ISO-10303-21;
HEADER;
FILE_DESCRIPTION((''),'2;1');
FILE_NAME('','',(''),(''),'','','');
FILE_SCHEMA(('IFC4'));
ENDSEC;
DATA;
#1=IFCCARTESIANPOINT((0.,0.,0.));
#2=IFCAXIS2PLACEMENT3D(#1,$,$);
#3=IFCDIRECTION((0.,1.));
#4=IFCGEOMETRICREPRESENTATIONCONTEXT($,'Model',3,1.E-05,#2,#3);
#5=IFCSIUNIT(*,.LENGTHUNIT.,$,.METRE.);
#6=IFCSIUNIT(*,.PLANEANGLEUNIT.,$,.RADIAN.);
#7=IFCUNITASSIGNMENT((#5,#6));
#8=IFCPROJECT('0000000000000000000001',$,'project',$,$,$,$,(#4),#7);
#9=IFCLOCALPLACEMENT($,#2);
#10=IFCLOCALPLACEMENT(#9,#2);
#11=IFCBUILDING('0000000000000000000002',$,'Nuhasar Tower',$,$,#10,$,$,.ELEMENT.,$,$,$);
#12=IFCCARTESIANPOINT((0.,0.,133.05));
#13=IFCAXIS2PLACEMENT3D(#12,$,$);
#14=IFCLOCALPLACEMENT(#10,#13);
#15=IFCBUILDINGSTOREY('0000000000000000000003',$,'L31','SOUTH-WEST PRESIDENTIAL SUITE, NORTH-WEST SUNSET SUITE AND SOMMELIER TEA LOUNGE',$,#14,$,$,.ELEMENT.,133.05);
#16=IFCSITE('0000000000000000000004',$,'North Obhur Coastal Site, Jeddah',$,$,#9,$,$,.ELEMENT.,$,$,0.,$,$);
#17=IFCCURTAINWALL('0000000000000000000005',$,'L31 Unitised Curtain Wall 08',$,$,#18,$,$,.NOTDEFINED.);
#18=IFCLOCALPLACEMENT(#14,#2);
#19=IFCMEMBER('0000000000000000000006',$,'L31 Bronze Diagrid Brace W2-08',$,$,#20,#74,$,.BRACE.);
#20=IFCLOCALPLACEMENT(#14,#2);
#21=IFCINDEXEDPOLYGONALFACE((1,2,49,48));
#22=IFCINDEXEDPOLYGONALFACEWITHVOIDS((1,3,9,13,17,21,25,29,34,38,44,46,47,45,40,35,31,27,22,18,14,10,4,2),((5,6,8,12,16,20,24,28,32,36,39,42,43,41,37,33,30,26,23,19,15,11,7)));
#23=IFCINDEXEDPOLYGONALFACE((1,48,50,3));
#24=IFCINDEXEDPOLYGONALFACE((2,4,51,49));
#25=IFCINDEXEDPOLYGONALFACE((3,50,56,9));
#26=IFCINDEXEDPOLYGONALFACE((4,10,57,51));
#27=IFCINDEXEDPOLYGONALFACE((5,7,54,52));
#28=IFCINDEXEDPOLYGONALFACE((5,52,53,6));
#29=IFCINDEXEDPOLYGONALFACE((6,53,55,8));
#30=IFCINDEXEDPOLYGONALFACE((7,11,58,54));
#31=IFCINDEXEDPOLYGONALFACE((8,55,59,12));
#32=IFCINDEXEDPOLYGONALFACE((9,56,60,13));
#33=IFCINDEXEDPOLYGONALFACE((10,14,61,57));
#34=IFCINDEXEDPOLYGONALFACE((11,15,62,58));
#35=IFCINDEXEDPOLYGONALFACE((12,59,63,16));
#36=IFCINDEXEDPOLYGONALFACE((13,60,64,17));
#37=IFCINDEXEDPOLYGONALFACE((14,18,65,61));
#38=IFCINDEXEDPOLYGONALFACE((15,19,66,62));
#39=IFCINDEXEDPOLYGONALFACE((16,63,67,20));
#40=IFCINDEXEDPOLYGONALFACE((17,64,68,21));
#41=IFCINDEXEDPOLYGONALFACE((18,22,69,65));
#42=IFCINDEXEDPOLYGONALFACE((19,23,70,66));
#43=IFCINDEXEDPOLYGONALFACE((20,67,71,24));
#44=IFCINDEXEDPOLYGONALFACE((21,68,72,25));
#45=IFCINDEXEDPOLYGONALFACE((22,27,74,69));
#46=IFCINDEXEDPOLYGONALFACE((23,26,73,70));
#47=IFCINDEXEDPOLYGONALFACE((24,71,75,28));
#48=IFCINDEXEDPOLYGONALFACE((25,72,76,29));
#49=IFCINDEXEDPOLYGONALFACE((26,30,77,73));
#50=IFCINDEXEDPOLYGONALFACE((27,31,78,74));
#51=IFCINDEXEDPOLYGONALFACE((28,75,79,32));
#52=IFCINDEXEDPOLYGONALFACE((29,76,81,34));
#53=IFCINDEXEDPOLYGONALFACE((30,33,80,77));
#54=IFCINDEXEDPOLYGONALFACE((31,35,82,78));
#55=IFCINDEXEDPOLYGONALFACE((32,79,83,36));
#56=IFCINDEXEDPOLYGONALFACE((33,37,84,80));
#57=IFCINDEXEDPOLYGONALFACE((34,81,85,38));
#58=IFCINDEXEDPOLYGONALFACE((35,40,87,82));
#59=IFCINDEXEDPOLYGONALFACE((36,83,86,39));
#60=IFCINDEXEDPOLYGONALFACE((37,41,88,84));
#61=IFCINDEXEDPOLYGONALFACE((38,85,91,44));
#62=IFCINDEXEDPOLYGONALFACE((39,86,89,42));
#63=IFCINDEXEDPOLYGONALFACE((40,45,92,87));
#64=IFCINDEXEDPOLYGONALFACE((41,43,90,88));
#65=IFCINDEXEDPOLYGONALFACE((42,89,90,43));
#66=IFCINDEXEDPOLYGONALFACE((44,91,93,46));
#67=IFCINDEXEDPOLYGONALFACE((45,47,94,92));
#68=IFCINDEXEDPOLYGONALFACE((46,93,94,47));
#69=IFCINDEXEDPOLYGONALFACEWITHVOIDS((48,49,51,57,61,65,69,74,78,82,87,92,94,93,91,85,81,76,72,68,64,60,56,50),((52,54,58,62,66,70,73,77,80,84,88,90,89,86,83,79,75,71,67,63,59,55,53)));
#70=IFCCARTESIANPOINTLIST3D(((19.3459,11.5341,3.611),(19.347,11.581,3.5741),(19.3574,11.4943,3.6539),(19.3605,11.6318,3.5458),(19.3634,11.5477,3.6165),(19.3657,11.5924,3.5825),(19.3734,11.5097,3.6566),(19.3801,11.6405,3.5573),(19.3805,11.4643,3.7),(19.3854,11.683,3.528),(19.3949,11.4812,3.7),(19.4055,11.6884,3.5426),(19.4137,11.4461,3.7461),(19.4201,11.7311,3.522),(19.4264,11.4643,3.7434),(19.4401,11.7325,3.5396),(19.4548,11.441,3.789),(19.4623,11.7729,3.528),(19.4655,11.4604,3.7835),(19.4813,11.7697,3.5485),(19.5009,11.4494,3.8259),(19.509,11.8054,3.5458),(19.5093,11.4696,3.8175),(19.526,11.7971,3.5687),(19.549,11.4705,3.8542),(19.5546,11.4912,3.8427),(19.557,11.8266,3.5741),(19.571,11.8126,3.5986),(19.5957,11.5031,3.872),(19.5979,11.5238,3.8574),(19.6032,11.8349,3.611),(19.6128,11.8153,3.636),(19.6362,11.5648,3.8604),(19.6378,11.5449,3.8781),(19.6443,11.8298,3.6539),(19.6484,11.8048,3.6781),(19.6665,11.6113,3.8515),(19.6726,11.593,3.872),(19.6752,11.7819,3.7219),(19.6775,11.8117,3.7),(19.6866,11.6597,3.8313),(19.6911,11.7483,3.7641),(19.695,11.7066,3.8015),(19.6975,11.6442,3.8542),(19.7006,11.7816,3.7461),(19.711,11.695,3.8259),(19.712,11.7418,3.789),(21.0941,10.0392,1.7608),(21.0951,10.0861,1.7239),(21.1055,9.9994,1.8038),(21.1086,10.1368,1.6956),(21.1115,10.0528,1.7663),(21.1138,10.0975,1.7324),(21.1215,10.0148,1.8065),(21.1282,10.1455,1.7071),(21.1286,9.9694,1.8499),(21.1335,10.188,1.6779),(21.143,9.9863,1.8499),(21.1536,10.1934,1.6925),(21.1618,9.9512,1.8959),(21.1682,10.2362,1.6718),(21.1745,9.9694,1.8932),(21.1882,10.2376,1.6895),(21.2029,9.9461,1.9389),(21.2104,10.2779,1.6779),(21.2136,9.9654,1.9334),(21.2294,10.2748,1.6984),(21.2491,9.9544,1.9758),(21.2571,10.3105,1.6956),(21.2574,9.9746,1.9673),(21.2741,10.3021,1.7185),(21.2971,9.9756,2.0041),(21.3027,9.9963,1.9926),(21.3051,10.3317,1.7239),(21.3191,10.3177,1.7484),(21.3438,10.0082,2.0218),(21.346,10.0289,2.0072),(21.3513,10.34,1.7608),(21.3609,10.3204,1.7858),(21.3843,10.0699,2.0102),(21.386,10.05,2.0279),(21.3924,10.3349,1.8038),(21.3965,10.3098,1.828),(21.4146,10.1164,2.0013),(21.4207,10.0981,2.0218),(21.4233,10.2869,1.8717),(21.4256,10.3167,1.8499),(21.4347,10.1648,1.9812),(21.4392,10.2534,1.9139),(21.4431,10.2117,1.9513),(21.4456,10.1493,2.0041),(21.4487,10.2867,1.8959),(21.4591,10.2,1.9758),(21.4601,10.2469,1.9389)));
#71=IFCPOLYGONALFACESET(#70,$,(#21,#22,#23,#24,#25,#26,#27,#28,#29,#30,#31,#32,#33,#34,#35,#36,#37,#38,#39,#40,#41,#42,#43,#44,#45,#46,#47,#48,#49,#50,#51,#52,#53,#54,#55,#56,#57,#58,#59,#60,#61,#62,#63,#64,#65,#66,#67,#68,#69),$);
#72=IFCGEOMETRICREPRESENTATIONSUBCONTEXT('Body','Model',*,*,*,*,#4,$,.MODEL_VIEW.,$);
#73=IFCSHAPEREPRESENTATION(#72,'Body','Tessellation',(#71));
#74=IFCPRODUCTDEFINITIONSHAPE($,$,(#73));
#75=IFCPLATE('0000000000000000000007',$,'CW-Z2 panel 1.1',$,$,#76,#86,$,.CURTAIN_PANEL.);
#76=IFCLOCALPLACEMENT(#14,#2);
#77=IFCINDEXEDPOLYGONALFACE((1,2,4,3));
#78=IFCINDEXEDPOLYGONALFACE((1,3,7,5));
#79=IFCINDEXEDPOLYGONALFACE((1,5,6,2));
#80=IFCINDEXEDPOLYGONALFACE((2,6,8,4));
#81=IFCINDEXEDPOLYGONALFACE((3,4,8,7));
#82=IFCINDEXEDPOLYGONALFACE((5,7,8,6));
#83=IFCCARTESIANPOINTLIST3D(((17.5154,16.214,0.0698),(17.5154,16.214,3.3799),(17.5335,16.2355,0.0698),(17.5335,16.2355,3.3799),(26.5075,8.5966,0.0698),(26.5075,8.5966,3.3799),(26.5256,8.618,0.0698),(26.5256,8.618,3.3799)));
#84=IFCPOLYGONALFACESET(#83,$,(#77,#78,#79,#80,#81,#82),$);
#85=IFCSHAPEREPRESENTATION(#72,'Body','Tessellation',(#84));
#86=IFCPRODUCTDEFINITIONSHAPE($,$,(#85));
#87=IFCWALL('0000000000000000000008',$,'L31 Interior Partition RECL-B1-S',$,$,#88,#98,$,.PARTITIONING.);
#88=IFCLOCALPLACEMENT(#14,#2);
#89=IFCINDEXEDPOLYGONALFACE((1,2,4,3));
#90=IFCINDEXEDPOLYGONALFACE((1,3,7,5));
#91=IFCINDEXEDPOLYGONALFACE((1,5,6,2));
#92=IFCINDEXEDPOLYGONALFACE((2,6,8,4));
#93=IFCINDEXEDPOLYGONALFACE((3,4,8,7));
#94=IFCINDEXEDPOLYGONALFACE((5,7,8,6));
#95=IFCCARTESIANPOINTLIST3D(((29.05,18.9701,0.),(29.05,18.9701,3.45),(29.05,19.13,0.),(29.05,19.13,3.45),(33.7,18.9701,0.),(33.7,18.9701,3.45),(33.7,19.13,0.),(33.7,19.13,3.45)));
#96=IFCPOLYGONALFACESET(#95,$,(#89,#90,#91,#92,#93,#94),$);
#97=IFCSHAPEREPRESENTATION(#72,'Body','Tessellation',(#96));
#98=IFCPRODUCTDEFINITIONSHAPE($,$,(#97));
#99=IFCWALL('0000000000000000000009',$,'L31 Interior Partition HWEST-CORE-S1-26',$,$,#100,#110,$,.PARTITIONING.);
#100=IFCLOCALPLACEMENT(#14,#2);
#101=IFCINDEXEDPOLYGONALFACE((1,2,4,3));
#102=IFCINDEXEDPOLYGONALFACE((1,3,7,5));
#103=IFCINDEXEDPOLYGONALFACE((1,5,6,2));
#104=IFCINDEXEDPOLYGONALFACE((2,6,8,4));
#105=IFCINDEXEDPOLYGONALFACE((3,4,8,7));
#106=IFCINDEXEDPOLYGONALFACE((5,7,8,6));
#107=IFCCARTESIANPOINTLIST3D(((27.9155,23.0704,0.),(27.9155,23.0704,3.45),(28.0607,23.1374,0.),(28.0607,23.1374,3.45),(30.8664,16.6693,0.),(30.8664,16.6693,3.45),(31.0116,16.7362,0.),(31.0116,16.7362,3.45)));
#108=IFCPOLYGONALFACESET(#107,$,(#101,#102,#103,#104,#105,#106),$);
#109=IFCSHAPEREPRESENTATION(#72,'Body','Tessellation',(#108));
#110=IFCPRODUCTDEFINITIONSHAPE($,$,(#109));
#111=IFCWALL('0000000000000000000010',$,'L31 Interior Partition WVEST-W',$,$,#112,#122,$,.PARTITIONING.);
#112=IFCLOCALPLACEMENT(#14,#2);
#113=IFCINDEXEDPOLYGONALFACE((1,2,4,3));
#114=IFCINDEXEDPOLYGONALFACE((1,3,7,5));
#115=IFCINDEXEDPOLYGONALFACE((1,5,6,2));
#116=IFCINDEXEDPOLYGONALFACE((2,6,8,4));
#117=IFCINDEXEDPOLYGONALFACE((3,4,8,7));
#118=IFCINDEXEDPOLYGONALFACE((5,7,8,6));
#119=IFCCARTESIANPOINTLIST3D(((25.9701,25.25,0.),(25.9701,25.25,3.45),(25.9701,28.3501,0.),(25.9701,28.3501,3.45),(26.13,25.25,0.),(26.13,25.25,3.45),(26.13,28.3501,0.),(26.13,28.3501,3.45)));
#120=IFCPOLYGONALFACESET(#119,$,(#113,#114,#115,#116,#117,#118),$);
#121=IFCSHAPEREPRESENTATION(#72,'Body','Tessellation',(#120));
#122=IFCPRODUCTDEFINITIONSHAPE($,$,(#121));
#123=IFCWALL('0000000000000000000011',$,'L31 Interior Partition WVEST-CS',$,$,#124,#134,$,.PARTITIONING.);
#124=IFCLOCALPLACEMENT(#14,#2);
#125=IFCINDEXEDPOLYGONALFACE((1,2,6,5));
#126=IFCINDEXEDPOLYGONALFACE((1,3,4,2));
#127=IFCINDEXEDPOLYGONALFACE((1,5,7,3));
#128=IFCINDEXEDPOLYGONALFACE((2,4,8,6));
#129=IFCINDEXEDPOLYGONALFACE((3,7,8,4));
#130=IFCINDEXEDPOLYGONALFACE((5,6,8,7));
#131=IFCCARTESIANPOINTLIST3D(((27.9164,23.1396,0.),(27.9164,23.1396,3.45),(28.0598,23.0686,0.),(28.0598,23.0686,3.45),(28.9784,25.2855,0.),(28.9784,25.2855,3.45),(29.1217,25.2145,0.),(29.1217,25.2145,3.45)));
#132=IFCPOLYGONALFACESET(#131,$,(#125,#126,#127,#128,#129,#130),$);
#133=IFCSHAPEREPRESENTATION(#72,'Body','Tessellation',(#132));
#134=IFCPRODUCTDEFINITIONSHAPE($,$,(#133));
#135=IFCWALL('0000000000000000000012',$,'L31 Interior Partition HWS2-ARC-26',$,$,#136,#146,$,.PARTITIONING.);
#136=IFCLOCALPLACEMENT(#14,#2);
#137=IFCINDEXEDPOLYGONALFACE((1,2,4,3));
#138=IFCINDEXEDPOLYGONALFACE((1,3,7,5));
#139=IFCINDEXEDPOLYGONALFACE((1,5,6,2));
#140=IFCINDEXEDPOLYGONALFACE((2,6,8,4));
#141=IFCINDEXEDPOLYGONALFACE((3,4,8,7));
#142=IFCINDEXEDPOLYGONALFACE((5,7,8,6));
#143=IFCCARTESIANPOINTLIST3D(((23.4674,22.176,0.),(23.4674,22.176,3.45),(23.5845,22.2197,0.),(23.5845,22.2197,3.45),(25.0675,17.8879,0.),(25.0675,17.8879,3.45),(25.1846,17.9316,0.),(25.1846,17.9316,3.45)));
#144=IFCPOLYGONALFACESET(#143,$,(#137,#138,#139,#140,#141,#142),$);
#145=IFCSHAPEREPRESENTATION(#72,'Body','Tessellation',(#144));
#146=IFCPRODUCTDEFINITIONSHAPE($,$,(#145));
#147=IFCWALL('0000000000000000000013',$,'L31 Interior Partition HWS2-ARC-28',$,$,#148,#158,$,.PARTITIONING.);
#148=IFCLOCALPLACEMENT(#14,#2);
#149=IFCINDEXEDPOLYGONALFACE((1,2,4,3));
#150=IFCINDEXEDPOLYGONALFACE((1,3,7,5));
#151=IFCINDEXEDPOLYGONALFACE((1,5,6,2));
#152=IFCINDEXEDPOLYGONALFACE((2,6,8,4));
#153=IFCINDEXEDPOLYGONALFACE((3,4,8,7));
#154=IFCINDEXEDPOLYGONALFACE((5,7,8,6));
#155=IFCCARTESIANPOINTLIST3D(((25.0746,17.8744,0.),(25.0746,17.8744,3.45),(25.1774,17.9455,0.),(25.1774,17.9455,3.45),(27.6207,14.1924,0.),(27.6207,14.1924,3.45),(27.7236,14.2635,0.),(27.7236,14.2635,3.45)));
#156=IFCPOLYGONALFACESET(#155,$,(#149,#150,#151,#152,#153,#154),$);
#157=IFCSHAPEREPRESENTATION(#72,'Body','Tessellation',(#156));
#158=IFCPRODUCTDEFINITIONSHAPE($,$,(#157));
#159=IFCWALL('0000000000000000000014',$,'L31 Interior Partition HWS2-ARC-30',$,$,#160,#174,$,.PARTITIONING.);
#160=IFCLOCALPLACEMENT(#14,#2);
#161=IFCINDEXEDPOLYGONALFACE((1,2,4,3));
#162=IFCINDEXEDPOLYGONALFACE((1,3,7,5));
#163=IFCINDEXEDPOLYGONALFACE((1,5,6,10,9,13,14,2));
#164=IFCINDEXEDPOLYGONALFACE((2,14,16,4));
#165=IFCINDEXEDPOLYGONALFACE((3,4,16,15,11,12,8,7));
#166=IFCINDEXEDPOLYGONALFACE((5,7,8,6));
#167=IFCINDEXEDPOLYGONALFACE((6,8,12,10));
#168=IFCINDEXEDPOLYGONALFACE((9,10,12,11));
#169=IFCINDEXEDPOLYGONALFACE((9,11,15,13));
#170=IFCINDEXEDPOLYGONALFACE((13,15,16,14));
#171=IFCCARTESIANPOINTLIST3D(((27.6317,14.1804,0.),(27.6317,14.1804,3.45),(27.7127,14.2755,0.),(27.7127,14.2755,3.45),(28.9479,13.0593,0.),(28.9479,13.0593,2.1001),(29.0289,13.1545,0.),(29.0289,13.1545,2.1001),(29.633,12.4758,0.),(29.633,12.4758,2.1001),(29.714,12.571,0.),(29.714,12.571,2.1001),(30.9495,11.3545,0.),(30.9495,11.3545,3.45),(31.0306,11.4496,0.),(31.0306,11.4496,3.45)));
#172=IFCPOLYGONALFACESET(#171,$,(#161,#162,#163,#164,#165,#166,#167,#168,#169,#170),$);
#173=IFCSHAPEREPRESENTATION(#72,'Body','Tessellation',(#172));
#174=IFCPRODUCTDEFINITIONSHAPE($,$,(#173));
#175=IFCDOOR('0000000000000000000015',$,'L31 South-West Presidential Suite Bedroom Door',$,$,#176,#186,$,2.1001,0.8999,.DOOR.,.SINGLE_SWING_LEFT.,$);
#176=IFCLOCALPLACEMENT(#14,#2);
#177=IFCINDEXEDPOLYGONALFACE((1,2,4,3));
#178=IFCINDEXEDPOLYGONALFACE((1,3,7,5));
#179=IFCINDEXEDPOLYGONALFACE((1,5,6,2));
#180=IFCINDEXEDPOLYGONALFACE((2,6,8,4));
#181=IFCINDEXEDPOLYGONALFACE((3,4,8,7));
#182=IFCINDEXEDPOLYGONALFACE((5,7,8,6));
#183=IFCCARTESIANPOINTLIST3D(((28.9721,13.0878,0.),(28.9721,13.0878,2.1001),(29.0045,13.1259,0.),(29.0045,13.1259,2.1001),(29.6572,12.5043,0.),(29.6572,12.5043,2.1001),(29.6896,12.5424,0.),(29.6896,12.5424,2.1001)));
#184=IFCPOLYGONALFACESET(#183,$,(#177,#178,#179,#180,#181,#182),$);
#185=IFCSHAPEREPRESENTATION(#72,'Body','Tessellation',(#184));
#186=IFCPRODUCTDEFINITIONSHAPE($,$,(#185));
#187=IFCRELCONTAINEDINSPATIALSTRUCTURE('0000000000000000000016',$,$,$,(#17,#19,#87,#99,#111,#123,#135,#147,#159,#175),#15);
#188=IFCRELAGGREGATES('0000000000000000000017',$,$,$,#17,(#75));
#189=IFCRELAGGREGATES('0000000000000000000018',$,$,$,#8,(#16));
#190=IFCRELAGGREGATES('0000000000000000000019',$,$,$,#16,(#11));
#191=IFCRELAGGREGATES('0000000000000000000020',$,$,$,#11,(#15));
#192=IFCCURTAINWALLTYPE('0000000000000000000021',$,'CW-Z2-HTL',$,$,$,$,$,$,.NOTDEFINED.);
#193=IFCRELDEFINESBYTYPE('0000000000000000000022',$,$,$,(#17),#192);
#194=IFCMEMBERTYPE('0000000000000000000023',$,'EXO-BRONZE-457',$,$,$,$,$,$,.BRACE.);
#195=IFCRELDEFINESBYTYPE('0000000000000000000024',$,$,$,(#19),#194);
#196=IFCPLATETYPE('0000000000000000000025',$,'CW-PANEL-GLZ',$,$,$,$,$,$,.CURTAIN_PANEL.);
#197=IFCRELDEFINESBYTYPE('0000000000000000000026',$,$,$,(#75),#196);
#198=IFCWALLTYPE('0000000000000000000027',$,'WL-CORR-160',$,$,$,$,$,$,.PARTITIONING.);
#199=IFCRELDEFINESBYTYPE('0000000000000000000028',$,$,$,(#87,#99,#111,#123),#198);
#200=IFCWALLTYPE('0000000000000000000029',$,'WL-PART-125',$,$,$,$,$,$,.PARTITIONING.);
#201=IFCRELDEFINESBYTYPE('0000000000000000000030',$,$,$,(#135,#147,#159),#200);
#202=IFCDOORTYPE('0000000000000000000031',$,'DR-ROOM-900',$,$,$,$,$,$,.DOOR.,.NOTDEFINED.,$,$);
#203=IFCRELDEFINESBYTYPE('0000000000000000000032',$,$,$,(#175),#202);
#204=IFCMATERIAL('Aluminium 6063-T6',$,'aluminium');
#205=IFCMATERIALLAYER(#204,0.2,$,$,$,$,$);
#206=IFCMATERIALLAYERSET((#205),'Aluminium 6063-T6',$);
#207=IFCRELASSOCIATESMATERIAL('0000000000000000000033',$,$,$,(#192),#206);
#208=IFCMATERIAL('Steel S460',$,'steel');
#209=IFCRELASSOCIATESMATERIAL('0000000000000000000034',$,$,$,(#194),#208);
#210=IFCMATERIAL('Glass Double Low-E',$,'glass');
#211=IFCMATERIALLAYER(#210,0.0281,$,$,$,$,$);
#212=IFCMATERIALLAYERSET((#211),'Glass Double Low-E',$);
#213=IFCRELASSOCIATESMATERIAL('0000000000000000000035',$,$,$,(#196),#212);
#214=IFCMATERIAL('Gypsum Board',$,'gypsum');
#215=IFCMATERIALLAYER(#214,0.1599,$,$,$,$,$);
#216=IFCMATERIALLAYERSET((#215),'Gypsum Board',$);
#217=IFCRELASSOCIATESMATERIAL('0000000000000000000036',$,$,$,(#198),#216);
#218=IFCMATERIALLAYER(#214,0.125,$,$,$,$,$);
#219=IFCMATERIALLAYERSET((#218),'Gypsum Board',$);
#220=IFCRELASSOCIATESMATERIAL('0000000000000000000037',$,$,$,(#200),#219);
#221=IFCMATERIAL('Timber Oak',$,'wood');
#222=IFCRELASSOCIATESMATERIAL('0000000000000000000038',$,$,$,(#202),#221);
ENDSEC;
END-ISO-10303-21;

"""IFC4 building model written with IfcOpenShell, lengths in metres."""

from ifc_helpers import new_model, si_unit, direction, frame, frame_2d, origin, origin_2d, place, context, subcontext, project, spatial, rectangle, hollow_circle, extrude, material, layer, layer_set, material_profile, profile_set, type_object, element, fill, aggregate, save


model = new_model("IFC4")

# Units and contexts
model_context = context("Model", 3, precision=1e-05, world=origin(), true_north=direction((0.0, 1.0)))
body_context = subcontext(model_context, "Body", "Model", "MODEL_VIEW")
ifc_project = project(units=[si_unit("LENGTHUNIT", "METRE"), si_unit("PLANEANGLEUNIT", "RADIAN")], contexts=[model_context])

# Site, building, storey
site_placement = place(None, origin())
site = spatial("IfcSite", under=ifc_project, at=site_placement, Name="North Obhur Coastal Site, Jeddah", CompositionType="ELEMENT", RefElevation=0.0)
building_placement = place(site_placement, origin())
building = spatial("IfcBuilding", under=site, at=building_placement, Name="Nuhasar Tower", CompositionType="ELEMENT")
storey_placement = place(building_placement, frame((0.0, 0.0, 133.05)))
storey = spatial("IfcBuildingStorey", under=building, at=storey_placement, Name="L31", Description="SOUTH-WEST PRESIDENTIAL SUITE, NORTH-WEST SUNSET SUITE AND SOMMELIER TEA LOUNGE", CompositionType="ELEMENT", Elevation=133.05)

# Curtain wall
ifc_material_1 = material(Name="Aluminium 6063-T6", Category="aluminium")
ifc_layer_1 = layer(ifc_material_1, 0.2)
ifc_layer_set_1 = layer_set([ifc_layer_1], Name="Aluminium 6063-T6")
curtain_wall_type = type_object("IfcCurtainWallType", Name="CW-Z2-HTL", PredefinedType="NOTDEFINED", material=ifc_layer_set_1)
curtain_wall_1_placement = place(storey_placement, origin())
curtain_wall_1 = element("IfcCurtainWall", 1, at=curtain_wall_1_placement, inside=storey, type_object=curtain_wall_type, Name="L31 Unitised Curtain Wall 08", PredefinedType="NOTDEFINED")

# Member
ifc_material_2 = material(Name="Steel S460", Category="steel")
ifc_material_profile_1 = material_profile(ifc_material_2, hollow_circle(Radius=0.2285, WallThickness=0.0222, at=origin_2d()), Name="HSS457X22.2")
ifc_profile_set_1 = profile_set([ifc_material_profile_1], Name="Steel S460")
member_type_1 = type_object("IfcMemberType", Name="EXO-BRONZE-457", PredefinedType="BRACE", material=ifc_profile_set_1)
member_1_placement = place(storey_placement, frame((21.2771, 10.1431, 1.8499), z_axis=(-0.592195, 0.506426, 0.626767), x_axis=(-0.649926, -0.759998, 0.0)))
element("IfcMember", 2, at=member_1_placement, inside=storey, type_object=member_type_1, Name="L31 Bronze Diagrid Brace W2-08", PredefinedType="BRACE", context=body_context, shape_type="SweptSolid", body=[
    extrude(hollow_circle(Radius=0.2285, WallThickness=0.0222, at=origin_2d()), origin(), (0.0, 0.0, 1.0), 2.9519),
])

# Plate
ifc_material_3 = material(Name="Glass Double Low-E", Category="glass")
ifc_layer_2 = layer(ifc_material_3, 0.0281)
ifc_layer_set_2 = layer_set([ifc_layer_2], Name="Glass Double Low-E")
plate_type = type_object("IfcPlateType", Name="CW-PANEL-GLZ", PredefinedType="CURTAIN_PANEL", material=ifc_layer_set_2)
plate_placement = place(storey_placement, frame((22.0205, 12.416, 0.0698), z_axis=(0.0, 0.0, 1.0), x_axis=(0.76302, -0.646374, 0.0)))
plate = element("IfcPlate", 3, at=plate_placement, type_object=plate_type, Name="CW-Z2 panel 1.1", PredefinedType="CURTAIN_PANEL", context=body_context, shape_type="SweptSolid", body=[
    extrude(rectangle(XDim=11.7849, YDim=0.0281, at=origin_2d()), origin(), (0.0, 0.0, 1.0), 3.3101),
])
aggregate(curtain_wall_1, [plate])

# Walls
ifc_material_4 = material(Name="Gypsum Board", Category="gypsum")
ifc_layer_3 = layer(ifc_material_4, 0.1599)
ifc_layer_set_3 = layer_set([ifc_layer_3], Name="Gypsum Board")
wall_type_1 = type_object("IfcWallType", Name="WL-CORR-160", PredefinedType="PARTITIONING", material=ifc_layer_set_3)
wall_1_placement = place(storey_placement, frame((29.05, 19.05, 0.0), z_axis=(0.0, 0.0, 1.0), x_axis=(1.0, 0.0, 0.0)))
element("IfcWall", 4, at=wall_1_placement, inside=storey, type_object=wall_type_1, Name="L31 Interior Partition RECL-B1-S", PredefinedType="PARTITIONING", context=body_context, shape_type="SweptSolid", body=[
    extrude(rectangle(XDim=4.6499, YDim=0.1599, at=frame_2d((2.325, 0.0))), origin(), (0.0, 0.0, 1.0), 3.45),
])
wall_2_placement = place(storey_placement, frame((27.988, 23.104, 0.0), z_axis=(0.0, 0.0, 1.0), x_axis=(0.418656, -0.908145, 0.0)))
element("IfcWall", 5, at=wall_2_placement, inside=storey, type_object=wall_type_1, Name="L31 Interior Partition HWEST-CORE-S1-26", PredefinedType="PARTITIONING", context=body_context, shape_type="SweptSolid", body=[
    extrude(rectangle(XDim=7.0486, YDim=0.1599, at=frame_2d((3.5244, 0.0))), origin(), (0.0, 0.0, 1.0), 3.45),
])

# Shared definitions
ifc_material_5 = material(Name="Timber Oak", Category="wood")

# Walls
wall_3_placement = place(storey_placement, frame((26.05, 25.25, 0.0), z_axis=(0.0, 0.0, 1.0), x_axis=(0.0, 1.0, 0.0)))
element("IfcWall", 6, at=wall_3_placement, inside=storey, type_object=wall_type_1, Name="L31 Interior Partition WVEST-W", PredefinedType="PARTITIONING", context=body_context, shape_type="SweptSolid", body=[
    extrude(rectangle(XDim=3.1001, YDim=0.1599, at=frame_2d((1.55, 0.0))), origin(), (0.0, 0.0, 1.0), 3.45),
])
wall_4_placement = place(storey_placement, frame((27.988, 23.104, 0.0), z_axis=(0.0, 0.0, 1.0), x_axis=(0.443539, 0.896255, 0.0)))
element("IfcWall", 7, at=wall_4_placement, inside=storey, type_object=wall_type_1, Name="L31 Interior Partition WVEST-CS", PredefinedType="PARTITIONING", context=body_context, shape_type="SweptSolid", body=[
    extrude(rectangle(XDim=2.3943, YDim=0.1599, at=frame_2d((1.1973, 0.0))), origin(), (0.0, 0.0, 1.0), 3.45),
])
ifc_layer_4 = layer(ifc_material_4, 0.125)
ifc_layer_set_4 = layer_set([ifc_layer_4], Name="Gypsum Board")
wall_type_2 = type_object("IfcWallType", Name="WL-PART-125", PredefinedType="PARTITIONING", material=ifc_layer_set_4)
wall_5_placement = place(storey_placement, frame((23.5259, 22.198, 0.0), z_axis=(0.0, 0.0, 1.0), x_axis=(0.349603, -0.936898, 0.0)))
element("IfcWall", 8, at=wall_5_placement, inside=storey, type_object=wall_type_2, Name="L31 Interior Partition HWS2-ARC-26", PredefinedType="PARTITIONING", context=body_context, shape_type="SweptSolid", body=[
    extrude(rectangle(XDim=4.5769, YDim=0.125, at=frame_2d((2.2886, 0.0))), origin(), (0.0, 0.0, 1.0), 3.45),
])
wall_6_placement = place(storey_placement, frame((25.126, 17.9099, 0.0), z_axis=(0.0, 0.0, 1.0), x_axis=(0.568779, -0.822491, 0.0)))
element("IfcWall", 9, at=wall_6_placement, inside=storey, type_object=wall_type_2, Name="L31 Interior Partition HWS2-ARC-28", PredefinedType="PARTITIONING", context=body_context, shape_type="SweptSolid", body=[
    extrude(rectangle(XDim=4.4766, YDim=0.125, at=frame_2d((2.2383, 0.0))), origin(), (0.0, 0.0, 1.0), 3.45),
])

# Wall, opening, door
wall_7_placement = place(storey_placement, frame((27.6721, 14.228, 0.0), z_axis=(0.0, 0.0, 1.0), x_axis=(0.761289, -0.648412, 0.0)))
wall_7 = element("IfcWall", 10, at=wall_7_placement, inside=storey, type_object=wall_type_2, Name="L31 Interior Partition HWS2-ARC-30", PredefinedType="PARTITIONING", context=body_context, shape_type="SweptSolid", body=[
    extrude(rectangle(XDim=4.3582, YDim=0.125, at=frame_2d((2.1792, 0.0))), origin(), (0.0, 0.0, 1.0), 3.45),
])
opening_1_placement = place(wall_7_placement, frame((1.729, 0.0, 0.0)))
opening_1 = element("IfcOpeningElement", 11, at=opening_1_placement, cuts=wall_7, PredefinedType="OPENING", context=body_context, shape_type="SweptSolid", body=[
    extrude(rectangle(XDim=0.8999, YDim=2.1001, at=frame_2d((0.45, 1.05))), frame((0.0, 0.0725, 0.0), z_axis=(0.0, -1.0, 0.0), x_axis=(1.0, 0.0, 0.0)), (0.0, 0.0, 1.0), 0.145),
])
door_type_1 = type_object("IfcDoorType", Name="DR-ROOM-900", OperationType="NOTDEFINED", PredefinedType="DOOR", material=ifc_material_5)
door_1_placement = place(opening_1_placement, origin())
door_1 = element("IfcDoor", 12, at=door_1_placement, inside=storey, type_object=door_type_1, Name="L31 South-West Presidential Suite Bedroom Door", OperationType="SINGLE_SWING_LEFT", OverallHeight=2.1001, OverallWidth=0.8999, PredefinedType="DOOR", context=body_context, shape_type="SweptSolid", body=[
    extrude(rectangle(XDim=0.8999, YDim=2.1001, at=frame_2d((0.45, 1.05))), frame((0.0, 0.0249, 0.0), z_axis=(0.0, -1.0, 0.0), x_axis=(1.0, 0.0, 0.0)), (0.0, 0.0, 1.0), 0.05),
])
fill(opening_1, door_1)

save(model, "model.ifc")
